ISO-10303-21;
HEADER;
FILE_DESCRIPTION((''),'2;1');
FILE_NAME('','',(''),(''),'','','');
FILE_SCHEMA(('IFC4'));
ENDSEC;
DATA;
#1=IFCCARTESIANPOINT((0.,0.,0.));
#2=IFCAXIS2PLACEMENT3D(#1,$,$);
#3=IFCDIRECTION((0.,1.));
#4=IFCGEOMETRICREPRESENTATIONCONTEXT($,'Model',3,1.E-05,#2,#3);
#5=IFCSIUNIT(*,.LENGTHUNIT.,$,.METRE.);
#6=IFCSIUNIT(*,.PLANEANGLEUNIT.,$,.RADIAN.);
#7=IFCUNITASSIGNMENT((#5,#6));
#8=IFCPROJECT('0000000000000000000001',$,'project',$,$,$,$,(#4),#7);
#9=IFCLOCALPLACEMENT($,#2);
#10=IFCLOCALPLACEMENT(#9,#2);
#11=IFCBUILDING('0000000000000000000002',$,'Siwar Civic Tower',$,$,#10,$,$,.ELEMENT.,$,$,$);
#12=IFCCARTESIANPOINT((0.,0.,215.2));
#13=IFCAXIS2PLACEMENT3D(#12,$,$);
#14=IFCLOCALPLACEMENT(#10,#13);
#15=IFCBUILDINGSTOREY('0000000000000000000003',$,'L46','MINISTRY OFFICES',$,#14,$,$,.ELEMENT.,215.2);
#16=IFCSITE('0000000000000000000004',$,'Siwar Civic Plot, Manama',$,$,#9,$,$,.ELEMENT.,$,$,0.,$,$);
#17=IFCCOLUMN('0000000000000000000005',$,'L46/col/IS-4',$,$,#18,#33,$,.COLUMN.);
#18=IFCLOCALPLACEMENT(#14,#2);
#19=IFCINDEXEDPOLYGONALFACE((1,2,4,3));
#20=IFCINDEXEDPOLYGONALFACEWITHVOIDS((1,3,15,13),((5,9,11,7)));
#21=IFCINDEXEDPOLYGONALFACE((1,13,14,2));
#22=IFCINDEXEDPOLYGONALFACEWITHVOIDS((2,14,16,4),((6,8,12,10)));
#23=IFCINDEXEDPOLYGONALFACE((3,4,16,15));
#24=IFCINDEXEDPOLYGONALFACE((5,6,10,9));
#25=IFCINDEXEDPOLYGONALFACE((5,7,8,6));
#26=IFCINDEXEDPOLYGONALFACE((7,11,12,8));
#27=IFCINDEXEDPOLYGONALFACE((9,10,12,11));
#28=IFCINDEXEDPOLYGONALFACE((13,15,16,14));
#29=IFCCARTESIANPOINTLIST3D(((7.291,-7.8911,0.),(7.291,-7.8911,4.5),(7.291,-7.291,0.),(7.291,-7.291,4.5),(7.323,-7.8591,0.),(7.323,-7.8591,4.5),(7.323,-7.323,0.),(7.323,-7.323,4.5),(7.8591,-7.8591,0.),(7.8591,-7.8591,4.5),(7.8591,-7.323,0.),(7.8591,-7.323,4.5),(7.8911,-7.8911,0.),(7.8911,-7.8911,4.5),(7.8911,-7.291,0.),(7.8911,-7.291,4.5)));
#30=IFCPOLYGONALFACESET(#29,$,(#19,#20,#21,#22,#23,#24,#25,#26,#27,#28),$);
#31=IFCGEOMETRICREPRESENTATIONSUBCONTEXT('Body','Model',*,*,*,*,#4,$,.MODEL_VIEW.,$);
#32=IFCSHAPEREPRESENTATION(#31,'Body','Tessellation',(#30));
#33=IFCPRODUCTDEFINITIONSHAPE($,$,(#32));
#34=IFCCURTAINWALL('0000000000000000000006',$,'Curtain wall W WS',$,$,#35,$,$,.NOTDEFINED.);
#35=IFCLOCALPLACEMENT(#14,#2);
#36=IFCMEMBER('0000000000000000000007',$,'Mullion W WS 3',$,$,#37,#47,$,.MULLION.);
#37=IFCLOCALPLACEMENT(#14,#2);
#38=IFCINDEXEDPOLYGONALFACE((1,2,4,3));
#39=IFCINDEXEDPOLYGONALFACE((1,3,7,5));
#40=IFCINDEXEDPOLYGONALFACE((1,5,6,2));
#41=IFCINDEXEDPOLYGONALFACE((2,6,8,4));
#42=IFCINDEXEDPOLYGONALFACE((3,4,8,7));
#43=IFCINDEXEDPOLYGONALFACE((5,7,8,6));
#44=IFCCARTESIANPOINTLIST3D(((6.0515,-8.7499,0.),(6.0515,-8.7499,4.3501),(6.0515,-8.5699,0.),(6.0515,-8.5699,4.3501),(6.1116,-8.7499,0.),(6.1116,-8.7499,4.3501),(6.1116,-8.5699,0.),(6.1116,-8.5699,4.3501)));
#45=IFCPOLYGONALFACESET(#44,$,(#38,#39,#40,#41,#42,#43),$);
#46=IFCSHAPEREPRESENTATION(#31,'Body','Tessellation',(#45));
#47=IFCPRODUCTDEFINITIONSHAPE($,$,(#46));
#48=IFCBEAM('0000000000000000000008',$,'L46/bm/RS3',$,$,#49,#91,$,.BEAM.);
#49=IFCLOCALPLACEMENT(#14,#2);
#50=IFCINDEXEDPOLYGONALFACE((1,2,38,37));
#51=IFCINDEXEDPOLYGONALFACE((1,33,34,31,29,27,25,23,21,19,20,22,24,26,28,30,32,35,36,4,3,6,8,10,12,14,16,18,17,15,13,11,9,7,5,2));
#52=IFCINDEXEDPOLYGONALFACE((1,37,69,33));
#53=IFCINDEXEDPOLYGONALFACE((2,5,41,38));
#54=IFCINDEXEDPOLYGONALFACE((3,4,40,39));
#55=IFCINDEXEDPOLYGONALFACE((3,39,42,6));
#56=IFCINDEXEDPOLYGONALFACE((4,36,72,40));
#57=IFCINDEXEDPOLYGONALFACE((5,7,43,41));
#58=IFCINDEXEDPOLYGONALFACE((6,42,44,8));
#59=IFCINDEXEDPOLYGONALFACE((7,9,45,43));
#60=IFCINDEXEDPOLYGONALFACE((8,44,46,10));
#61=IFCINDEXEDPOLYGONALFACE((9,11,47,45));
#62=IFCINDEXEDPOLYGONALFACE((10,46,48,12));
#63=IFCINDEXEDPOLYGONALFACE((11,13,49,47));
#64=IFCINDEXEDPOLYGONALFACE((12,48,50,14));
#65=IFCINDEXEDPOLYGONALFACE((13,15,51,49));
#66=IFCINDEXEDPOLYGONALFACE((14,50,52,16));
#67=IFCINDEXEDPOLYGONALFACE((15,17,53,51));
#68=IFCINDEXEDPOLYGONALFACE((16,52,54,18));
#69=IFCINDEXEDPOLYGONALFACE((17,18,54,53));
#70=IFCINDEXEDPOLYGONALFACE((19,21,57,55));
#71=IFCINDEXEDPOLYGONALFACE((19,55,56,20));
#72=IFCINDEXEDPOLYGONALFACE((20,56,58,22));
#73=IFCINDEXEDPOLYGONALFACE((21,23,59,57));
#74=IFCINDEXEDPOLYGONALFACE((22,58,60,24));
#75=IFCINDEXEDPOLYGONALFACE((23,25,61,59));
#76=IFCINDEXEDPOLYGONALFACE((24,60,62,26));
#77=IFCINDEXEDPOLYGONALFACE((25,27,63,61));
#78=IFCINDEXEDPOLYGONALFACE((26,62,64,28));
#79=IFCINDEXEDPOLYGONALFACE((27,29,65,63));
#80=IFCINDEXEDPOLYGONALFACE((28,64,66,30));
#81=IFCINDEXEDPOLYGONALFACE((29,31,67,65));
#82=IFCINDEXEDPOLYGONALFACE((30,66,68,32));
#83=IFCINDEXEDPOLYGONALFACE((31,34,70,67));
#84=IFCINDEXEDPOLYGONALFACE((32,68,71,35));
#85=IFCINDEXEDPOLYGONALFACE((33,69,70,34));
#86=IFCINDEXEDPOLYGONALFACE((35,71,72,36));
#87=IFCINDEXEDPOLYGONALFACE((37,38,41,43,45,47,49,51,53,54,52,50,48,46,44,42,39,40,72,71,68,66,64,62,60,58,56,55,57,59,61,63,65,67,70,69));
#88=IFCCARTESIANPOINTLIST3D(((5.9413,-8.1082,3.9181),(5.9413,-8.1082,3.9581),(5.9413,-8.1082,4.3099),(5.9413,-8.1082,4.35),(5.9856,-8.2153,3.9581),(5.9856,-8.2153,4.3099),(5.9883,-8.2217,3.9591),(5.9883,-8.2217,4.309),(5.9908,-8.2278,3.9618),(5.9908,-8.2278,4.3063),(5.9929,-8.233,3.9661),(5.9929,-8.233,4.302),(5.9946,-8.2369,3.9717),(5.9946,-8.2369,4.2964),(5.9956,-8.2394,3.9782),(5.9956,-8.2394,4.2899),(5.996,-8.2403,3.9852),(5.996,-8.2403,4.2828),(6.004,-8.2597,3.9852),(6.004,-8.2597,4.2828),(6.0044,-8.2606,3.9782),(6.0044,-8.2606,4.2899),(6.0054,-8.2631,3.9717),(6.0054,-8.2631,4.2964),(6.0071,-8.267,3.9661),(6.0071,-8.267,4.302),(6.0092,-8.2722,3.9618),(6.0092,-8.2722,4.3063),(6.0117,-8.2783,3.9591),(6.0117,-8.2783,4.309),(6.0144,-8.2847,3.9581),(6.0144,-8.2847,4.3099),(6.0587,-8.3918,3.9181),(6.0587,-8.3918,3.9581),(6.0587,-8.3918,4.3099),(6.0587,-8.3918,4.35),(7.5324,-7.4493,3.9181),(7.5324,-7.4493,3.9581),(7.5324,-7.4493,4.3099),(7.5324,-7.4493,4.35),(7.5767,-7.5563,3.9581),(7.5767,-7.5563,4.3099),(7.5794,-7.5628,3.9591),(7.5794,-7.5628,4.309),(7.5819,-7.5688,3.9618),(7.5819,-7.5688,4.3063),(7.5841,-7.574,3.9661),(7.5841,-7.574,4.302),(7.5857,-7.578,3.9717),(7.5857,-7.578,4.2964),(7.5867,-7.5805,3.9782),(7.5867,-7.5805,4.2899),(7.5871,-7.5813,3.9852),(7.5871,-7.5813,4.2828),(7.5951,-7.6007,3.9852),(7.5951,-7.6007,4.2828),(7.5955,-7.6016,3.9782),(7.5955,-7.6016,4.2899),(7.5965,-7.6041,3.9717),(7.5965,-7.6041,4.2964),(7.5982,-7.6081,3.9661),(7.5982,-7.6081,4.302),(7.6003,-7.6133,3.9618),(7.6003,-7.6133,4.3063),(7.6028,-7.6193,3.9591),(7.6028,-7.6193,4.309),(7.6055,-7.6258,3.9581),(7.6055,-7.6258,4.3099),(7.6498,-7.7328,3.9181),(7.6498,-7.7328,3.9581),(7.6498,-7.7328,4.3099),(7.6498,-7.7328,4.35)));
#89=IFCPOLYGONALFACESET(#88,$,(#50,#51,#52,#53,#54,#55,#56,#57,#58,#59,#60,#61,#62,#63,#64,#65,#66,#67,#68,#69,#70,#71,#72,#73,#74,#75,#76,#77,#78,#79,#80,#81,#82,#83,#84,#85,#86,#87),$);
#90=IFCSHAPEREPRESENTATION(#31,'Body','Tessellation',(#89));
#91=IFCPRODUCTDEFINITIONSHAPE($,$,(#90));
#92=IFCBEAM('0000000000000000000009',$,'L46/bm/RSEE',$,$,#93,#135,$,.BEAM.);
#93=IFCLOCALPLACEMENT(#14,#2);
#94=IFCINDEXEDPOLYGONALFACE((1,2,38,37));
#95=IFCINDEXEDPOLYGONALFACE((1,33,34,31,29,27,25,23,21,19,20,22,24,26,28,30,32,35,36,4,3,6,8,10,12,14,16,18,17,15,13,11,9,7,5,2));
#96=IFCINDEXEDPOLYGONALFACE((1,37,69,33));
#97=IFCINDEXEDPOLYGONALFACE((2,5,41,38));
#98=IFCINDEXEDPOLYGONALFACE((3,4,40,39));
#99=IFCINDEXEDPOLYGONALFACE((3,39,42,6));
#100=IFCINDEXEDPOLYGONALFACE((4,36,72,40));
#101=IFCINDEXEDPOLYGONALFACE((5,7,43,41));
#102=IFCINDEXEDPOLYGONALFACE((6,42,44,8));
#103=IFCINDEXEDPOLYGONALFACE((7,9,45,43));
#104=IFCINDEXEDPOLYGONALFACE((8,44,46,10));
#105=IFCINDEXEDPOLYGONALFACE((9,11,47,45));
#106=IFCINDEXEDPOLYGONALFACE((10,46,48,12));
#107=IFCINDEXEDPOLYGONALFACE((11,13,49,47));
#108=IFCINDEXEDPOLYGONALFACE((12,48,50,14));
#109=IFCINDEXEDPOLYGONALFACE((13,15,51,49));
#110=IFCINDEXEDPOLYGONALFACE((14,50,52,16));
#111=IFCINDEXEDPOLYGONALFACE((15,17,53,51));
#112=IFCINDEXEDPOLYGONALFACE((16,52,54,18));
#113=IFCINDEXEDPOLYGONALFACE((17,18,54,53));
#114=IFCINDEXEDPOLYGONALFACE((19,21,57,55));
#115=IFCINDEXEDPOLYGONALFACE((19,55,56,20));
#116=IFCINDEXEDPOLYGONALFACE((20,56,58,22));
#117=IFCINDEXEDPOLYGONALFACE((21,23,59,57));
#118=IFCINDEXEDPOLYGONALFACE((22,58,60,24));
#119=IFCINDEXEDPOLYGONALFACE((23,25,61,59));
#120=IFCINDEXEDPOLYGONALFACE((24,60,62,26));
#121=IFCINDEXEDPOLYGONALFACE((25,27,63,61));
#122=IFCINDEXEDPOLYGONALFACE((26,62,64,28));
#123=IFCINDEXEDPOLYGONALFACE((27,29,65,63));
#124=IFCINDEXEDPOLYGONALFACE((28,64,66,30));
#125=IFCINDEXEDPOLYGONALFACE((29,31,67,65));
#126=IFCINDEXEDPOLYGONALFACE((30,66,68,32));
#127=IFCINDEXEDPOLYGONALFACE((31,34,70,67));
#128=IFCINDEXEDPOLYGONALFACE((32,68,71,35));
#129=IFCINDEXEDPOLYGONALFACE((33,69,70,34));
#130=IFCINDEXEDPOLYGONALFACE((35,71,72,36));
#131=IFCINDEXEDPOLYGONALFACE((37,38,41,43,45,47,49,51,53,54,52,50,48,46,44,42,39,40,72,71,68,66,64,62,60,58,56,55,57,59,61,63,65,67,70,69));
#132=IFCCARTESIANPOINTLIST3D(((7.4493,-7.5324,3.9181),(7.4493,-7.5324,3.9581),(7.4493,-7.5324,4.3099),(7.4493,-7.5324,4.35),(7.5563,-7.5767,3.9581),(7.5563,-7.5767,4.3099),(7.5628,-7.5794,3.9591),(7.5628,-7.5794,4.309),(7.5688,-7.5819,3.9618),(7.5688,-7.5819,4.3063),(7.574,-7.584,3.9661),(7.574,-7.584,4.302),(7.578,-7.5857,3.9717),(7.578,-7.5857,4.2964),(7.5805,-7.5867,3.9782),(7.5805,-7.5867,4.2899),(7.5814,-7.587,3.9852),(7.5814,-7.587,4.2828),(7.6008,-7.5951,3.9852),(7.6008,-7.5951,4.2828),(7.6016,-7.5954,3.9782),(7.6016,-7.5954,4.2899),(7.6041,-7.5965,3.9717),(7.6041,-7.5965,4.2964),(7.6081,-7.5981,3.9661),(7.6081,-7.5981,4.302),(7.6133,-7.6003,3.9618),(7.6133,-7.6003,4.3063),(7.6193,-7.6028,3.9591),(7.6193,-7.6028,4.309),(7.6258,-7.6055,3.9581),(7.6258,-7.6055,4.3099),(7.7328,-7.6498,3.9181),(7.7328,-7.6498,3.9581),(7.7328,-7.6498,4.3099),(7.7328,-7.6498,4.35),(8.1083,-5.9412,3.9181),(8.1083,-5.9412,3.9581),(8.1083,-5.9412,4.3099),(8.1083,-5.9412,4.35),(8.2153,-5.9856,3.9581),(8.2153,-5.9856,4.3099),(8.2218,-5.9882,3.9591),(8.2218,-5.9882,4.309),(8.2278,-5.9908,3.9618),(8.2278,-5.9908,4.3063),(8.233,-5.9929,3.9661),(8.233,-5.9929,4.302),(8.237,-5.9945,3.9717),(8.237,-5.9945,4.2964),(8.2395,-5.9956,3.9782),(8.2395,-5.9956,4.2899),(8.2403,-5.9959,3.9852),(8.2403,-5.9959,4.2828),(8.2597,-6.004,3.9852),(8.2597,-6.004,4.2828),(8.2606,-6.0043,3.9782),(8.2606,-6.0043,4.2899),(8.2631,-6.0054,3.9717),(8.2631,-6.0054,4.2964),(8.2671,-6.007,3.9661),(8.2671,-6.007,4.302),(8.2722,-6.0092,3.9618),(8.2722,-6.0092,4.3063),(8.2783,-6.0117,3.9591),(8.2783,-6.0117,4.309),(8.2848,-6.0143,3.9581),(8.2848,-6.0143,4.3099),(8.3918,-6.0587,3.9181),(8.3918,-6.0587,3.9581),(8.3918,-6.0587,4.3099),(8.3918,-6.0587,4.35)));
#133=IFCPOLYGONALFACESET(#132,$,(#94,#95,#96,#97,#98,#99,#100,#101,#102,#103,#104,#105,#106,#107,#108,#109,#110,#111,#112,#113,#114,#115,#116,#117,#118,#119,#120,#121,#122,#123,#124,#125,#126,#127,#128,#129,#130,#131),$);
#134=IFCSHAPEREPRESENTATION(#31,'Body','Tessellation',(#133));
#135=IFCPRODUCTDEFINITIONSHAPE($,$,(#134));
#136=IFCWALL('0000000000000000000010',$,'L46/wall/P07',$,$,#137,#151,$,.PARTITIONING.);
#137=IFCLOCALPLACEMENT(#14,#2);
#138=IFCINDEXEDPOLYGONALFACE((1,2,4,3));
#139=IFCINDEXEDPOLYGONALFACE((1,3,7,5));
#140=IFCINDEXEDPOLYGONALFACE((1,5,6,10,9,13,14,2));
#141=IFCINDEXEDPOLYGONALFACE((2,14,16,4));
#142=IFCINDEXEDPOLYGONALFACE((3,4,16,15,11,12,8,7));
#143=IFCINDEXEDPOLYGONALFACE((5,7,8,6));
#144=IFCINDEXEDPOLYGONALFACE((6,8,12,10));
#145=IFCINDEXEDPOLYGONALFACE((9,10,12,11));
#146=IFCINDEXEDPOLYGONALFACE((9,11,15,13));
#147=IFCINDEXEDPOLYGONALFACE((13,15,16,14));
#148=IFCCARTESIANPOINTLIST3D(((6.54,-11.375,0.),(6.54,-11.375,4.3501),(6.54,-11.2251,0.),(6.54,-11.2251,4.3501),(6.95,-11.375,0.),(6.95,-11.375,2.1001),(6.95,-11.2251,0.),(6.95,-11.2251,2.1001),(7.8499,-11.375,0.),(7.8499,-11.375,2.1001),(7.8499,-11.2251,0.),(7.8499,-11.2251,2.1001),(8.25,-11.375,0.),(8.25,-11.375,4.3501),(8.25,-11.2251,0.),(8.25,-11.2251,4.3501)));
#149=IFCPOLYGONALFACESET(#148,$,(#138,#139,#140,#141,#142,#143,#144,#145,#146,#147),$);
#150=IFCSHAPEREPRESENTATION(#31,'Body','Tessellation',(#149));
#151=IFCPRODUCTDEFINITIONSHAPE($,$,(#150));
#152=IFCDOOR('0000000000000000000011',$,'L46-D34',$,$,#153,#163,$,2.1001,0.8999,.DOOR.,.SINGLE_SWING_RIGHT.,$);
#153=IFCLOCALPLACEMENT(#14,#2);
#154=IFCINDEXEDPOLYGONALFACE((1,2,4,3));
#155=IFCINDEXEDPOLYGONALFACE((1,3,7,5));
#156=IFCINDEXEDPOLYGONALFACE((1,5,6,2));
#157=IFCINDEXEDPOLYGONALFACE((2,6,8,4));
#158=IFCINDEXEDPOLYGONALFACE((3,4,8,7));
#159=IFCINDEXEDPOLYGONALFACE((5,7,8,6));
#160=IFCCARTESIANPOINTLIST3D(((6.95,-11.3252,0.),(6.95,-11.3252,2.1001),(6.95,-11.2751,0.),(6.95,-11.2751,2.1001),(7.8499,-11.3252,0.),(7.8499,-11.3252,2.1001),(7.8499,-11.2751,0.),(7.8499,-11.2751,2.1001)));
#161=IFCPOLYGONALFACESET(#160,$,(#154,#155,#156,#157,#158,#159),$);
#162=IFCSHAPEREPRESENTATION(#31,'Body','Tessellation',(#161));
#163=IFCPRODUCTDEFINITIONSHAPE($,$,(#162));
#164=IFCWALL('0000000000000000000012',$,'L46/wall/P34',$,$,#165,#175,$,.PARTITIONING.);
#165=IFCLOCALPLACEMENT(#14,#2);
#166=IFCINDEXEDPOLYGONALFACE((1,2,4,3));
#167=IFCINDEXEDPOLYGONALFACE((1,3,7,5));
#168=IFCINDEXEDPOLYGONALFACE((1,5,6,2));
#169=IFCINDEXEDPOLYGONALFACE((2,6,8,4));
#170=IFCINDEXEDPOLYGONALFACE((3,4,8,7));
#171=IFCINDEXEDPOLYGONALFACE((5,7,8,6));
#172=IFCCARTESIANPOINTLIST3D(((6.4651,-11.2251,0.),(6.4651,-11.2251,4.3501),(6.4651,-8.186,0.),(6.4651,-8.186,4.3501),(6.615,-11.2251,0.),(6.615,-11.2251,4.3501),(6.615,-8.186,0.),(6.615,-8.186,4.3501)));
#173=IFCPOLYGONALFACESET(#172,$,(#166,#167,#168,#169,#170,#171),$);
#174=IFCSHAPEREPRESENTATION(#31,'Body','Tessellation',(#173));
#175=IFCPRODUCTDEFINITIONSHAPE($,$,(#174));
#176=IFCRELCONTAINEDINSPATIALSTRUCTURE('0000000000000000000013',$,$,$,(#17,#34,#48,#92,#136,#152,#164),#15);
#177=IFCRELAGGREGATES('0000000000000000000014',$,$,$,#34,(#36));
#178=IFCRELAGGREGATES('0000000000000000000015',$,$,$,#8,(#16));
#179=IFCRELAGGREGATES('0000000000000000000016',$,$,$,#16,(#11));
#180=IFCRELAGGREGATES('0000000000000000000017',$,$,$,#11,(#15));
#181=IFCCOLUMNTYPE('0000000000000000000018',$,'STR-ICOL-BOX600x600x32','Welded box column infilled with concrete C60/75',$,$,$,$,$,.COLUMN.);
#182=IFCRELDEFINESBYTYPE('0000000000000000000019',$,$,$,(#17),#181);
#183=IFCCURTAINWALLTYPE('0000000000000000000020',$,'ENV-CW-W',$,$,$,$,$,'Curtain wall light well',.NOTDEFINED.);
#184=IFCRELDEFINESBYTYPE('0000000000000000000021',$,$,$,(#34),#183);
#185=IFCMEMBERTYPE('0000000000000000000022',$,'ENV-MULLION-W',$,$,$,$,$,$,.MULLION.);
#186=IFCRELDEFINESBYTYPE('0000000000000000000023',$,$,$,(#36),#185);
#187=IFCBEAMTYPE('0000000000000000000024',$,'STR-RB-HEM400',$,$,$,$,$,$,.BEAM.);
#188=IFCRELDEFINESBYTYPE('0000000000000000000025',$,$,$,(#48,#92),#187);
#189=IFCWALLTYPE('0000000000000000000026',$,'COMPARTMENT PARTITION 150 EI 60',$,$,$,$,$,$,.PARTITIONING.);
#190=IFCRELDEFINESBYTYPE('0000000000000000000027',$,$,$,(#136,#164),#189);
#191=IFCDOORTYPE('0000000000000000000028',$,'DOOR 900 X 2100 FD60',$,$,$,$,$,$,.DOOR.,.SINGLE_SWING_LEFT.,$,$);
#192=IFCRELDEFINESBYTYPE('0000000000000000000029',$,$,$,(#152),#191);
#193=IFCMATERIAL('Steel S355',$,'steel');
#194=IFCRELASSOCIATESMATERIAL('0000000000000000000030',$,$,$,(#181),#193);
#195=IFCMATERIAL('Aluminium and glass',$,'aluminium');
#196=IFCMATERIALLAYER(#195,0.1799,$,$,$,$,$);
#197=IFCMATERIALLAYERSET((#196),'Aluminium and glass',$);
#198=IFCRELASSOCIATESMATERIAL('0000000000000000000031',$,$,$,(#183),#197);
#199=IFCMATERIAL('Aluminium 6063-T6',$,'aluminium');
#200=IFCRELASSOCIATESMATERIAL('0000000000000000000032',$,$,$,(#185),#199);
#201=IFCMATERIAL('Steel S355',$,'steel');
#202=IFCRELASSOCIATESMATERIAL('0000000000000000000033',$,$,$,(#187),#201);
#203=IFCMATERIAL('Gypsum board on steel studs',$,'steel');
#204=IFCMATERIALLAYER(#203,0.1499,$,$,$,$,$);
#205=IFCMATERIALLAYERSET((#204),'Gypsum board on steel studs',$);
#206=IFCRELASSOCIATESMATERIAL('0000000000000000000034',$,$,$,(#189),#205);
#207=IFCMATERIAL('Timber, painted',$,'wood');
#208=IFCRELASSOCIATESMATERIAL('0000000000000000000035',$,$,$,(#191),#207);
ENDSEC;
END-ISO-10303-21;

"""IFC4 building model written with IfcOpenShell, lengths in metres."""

from ifc_helpers import new_model, si_unit, direction, frame, frame_2d, origin, origin_2d, place, context, subcontext, project, spatial, rectangle, hollow_rectangle, i_section, extrude, material, layer, layer_set, material_profile, profile_set, type_object, element, fill, aggregate, save


model = new_model("IFC4")

# Units and contexts
model_context = context("Model", 3, precision=1e-05, world=origin(), true_north=direction((0.0, 1.0)))
body_context = subcontext(model_context, "Body", "Model", "MODEL_VIEW")
ifc_project = project(units=[si_unit("LENGTHUNIT", "METRE"), si_unit("PLANEANGLEUNIT", "RADIAN")], contexts=[model_context])

# Site, building, storey
site_placement = place(None, origin())
site = spatial("IfcSite", under=ifc_project, at=site_placement, Name="Siwar Civic Plot, Manama", CompositionType="ELEMENT", RefElevation=0.0)
building_placement = place(site_placement, origin())
building = spatial("IfcBuilding", under=site, at=building_placement, Name="Siwar Civic Tower", CompositionType="ELEMENT")
storey_placement = place(building_placement, frame((0.0, 0.0, 215.2)))
storey = spatial("IfcBuildingStorey", under=building, at=storey_placement, Name="L46", Description="MINISTRY OFFICES", CompositionType="ELEMENT", Elevation=215.2)

# Column
ifc_material_1 = material(Name="Steel S355", Category="steel")
ifc_material_profile_1 = material_profile(ifc_material_1, hollow_rectangle(XDim=0.6001, YDim=0.6001, WallThickness=0.032, at=origin_2d()), Name="BOX600x600x32")
ifc_profile_set_1 = profile_set([ifc_material_profile_1], Name="Steel S355")
column_type = type_object("IfcColumnType", Name="STR-ICOL-BOX600x600x32", Description="Welded box column infilled with concrete C60/75", PredefinedType="COLUMN", material=ifc_profile_set_1)
column_placement = place(storey_placement, frame((7.5911, -7.5911, 0.0), z_axis=(0.0, 0.0, 1.0), x_axis=(1.0, 0.0, 0.0)))
element("IfcColumn", 1, at=column_placement, inside=storey, type_object=column_type, Name="L46/col/IS-4", PredefinedType="COLUMN", context=body_context, shape_type="SweptSolid", body=[
    extrude(hollow_rectangle(XDim=0.6001, YDim=0.6001, WallThickness=0.032, at=origin_2d()), origin(), (0.0, 0.0, 1.0), 4.5),
])

# Curtain wall, member
ifc_material_2 = material(Name="Aluminium and glass", Category="aluminium")
ifc_layer_1 = layer(ifc_material_2, 0.1799)
ifc_layer_set_1 = layer_set([ifc_layer_1], Name="Aluminium and glass")
curtain_wall_type = type_object("IfcCurtainWallType", Name="ENV-CW-W", ElementType="Curtain wall light well", PredefinedType="NOTDEFINED", material=ifc_layer_set_1)
curtain_wall_placement = place(storey_placement, origin())
curtain_wall = element("IfcCurtainWall", 2, at=curtain_wall_placement, inside=storey, type_object=curtain_wall_type, Name="Curtain wall W WS", PredefinedType="NOTDEFINED")
ifc_material_3 = material(Name="Aluminium 6063-T6", Category="aluminium")
ifc_material_profile_2 = material_profile(ifc_material_3, rectangle(XDim=0.1799, YDim=0.0601, at=origin_2d()), Name="AL 180x60")
ifc_profile_set_2 = profile_set([ifc_material_profile_2], Name="Aluminium 6063-T6")
member_type = type_object("IfcMemberType", Name="ENV-MULLION-W", PredefinedType="MULLION", material=ifc_profile_set_2)
member_placement = place(storey_placement, frame((6.0815, -8.6599, 0.0), z_axis=(0.0, 0.0, 1.0), x_axis=(0.0, 1.0, 0.0)))
member = element("IfcMember", 3, at=member_placement, type_object=member_type, Name="Mullion W WS 3", PredefinedType="MULLION", context=body_context, shape_type="SweptSolid", body=[
    extrude(rectangle(XDim=0.1799, YDim=0.0601, at=origin_2d()), origin(), (0.0, 0.0, 1.0), 4.3501),
])
aggregate(curtain_wall, [member])

# Beams
ifc_material_4 = material(Name="Steel S355", Category="steel")
ifc_material_profile_3 = material_profile(ifc_material_4, i_section(OverallWidth=0.3069, OverallDepth=0.4319, WebThickness=0.021, FlangeThickness=0.04, FilletRadius=0.0271, at=origin_2d()), Name="HEM400")
ifc_profile_set_3 = profile_set([ifc_material_profile_3], Name="Steel S355")
beam_type = type_object("IfcBeamType", Name="STR-RB-HEM400", PredefinedType="BEAM", material=ifc_profile_set_3)
for number, where, z_axis, x_axis, name in (
    (4, (6.0, -8.25, 4.134), (0.923901, 0.382631, 0.0), (-0.382631, 0.923901, 0.0), "L46/bm/RS3"),
    (5, (7.5911, -7.5911, 4.134), (0.382631, 0.923901, 0.0), (-0.923901, 0.382631, 0.0), "L46/bm/RSEE"),
):
    element("IfcBeam", number, at=place(storey_placement, frame(where, z_axis=z_axis, x_axis=x_axis)), inside=storey, type_object=beam_type, Name=name, PredefinedType="BEAM", context=body_context, shape_type="SweptSolid", body=[
        extrude(i_section(OverallWidth=0.3069, OverallDepth=0.4319, WebThickness=0.021, FlangeThickness=0.04, FilletRadius=0.0271, at=origin_2d()), origin(), (0.0, 0.0, 1.0), 1.7222),
    ])

# Wall, opening, door
ifc_material_5 = material(Name="Gypsum board on steel studs", Category="steel")
ifc_layer_2 = layer(ifc_material_5, 0.1499)
ifc_layer_set_2 = layer_set([ifc_layer_2], Name="Gypsum board on steel studs")
wall_type_1 = type_object("IfcWallType", Name="COMPARTMENT PARTITION 150 EI 60", PredefinedType="PARTITIONING", material=ifc_layer_set_2)
wall_1_placement = place(storey_placement, frame((6.54, -11.3, 0.0), z_axis=(0.0, 0.0, 1.0), x_axis=(1.0, 0.0, 0.0)))
wall_1 = element("IfcWall", 6, at=wall_1_placement, inside=storey, type_object=wall_type_1, Name="L46/wall/P07", PredefinedType="PARTITIONING", context=body_context, shape_type="SweptSolid", body=[
    extrude(rectangle(XDim=1.71, YDim=0.1499, at=frame_2d((0.855, 0.0))), origin(), (0.0, 0.0, 1.0), 4.3501),
])
opening_1_placement = place(wall_1_placement, frame((0.4099, 0.0, 0.0)))
opening_1 = element("IfcOpeningElement", 7, at=opening_1_placement, cuts=wall_1, PredefinedType="OPENING", context=body_context, shape_type="SweptSolid", body=[
    extrude(rectangle(XDim=0.8999, YDim=2.1001, at=frame_2d((0.45, 1.05))), frame((0.0, 0.085, 0.0), z_axis=(0.0, -1.0, 0.0), x_axis=(1.0, 0.0, 0.0)), (0.0, 0.0, 1.0), 0.1699),
])
ifc_material_6 = material(Name="Timber, painted", Category="wood")
door_type_1 = type_object("IfcDoorType", Name="DOOR 900 X 2100 FD60", OperationType="SINGLE_SWING_LEFT", PredefinedType="DOOR", material=ifc_material_6)
door_1_placement = place(opening_1_placement, origin())
door_1 = element("IfcDoor", 8, at=door_1_placement, inside=storey, type_object=door_type_1, Name="L46-D34", OperationType="SINGLE_SWING_RIGHT", OverallHeight=2.1001, OverallWidth=0.8999, PredefinedType="DOOR", context=body_context, shape_type="SweptSolid", body=[
    extrude(rectangle(XDim=0.8999, YDim=2.1001, at=frame_2d((0.45, 1.05))), frame((0.0, 0.0249, 0.0), z_axis=(0.0, -1.0, 0.0), x_axis=(1.0, 0.0, 0.0)), (0.0, 0.0, 1.0), 0.05),
])
fill(opening_1, door_1)

# Wall
wall_2_placement = place(storey_placement, frame((6.54, -11.2251, 0.0), z_axis=(0.0, 0.0, 1.0), x_axis=(0.0, 1.0, 0.0)))
element("IfcWall", 9, at=wall_2_placement, inside=storey, type_object=wall_type_1, Name="L46/wall/P34", PredefinedType="PARTITIONING", context=body_context, shape_type="SweptSolid", body=[
    extrude(rectangle(XDim=3.0391, YDim=0.1499, at=frame_2d((1.5195, 0.0))), origin(), (0.0, 0.0, 1.0), 4.3501),
])

save(model, "model.ifc")
